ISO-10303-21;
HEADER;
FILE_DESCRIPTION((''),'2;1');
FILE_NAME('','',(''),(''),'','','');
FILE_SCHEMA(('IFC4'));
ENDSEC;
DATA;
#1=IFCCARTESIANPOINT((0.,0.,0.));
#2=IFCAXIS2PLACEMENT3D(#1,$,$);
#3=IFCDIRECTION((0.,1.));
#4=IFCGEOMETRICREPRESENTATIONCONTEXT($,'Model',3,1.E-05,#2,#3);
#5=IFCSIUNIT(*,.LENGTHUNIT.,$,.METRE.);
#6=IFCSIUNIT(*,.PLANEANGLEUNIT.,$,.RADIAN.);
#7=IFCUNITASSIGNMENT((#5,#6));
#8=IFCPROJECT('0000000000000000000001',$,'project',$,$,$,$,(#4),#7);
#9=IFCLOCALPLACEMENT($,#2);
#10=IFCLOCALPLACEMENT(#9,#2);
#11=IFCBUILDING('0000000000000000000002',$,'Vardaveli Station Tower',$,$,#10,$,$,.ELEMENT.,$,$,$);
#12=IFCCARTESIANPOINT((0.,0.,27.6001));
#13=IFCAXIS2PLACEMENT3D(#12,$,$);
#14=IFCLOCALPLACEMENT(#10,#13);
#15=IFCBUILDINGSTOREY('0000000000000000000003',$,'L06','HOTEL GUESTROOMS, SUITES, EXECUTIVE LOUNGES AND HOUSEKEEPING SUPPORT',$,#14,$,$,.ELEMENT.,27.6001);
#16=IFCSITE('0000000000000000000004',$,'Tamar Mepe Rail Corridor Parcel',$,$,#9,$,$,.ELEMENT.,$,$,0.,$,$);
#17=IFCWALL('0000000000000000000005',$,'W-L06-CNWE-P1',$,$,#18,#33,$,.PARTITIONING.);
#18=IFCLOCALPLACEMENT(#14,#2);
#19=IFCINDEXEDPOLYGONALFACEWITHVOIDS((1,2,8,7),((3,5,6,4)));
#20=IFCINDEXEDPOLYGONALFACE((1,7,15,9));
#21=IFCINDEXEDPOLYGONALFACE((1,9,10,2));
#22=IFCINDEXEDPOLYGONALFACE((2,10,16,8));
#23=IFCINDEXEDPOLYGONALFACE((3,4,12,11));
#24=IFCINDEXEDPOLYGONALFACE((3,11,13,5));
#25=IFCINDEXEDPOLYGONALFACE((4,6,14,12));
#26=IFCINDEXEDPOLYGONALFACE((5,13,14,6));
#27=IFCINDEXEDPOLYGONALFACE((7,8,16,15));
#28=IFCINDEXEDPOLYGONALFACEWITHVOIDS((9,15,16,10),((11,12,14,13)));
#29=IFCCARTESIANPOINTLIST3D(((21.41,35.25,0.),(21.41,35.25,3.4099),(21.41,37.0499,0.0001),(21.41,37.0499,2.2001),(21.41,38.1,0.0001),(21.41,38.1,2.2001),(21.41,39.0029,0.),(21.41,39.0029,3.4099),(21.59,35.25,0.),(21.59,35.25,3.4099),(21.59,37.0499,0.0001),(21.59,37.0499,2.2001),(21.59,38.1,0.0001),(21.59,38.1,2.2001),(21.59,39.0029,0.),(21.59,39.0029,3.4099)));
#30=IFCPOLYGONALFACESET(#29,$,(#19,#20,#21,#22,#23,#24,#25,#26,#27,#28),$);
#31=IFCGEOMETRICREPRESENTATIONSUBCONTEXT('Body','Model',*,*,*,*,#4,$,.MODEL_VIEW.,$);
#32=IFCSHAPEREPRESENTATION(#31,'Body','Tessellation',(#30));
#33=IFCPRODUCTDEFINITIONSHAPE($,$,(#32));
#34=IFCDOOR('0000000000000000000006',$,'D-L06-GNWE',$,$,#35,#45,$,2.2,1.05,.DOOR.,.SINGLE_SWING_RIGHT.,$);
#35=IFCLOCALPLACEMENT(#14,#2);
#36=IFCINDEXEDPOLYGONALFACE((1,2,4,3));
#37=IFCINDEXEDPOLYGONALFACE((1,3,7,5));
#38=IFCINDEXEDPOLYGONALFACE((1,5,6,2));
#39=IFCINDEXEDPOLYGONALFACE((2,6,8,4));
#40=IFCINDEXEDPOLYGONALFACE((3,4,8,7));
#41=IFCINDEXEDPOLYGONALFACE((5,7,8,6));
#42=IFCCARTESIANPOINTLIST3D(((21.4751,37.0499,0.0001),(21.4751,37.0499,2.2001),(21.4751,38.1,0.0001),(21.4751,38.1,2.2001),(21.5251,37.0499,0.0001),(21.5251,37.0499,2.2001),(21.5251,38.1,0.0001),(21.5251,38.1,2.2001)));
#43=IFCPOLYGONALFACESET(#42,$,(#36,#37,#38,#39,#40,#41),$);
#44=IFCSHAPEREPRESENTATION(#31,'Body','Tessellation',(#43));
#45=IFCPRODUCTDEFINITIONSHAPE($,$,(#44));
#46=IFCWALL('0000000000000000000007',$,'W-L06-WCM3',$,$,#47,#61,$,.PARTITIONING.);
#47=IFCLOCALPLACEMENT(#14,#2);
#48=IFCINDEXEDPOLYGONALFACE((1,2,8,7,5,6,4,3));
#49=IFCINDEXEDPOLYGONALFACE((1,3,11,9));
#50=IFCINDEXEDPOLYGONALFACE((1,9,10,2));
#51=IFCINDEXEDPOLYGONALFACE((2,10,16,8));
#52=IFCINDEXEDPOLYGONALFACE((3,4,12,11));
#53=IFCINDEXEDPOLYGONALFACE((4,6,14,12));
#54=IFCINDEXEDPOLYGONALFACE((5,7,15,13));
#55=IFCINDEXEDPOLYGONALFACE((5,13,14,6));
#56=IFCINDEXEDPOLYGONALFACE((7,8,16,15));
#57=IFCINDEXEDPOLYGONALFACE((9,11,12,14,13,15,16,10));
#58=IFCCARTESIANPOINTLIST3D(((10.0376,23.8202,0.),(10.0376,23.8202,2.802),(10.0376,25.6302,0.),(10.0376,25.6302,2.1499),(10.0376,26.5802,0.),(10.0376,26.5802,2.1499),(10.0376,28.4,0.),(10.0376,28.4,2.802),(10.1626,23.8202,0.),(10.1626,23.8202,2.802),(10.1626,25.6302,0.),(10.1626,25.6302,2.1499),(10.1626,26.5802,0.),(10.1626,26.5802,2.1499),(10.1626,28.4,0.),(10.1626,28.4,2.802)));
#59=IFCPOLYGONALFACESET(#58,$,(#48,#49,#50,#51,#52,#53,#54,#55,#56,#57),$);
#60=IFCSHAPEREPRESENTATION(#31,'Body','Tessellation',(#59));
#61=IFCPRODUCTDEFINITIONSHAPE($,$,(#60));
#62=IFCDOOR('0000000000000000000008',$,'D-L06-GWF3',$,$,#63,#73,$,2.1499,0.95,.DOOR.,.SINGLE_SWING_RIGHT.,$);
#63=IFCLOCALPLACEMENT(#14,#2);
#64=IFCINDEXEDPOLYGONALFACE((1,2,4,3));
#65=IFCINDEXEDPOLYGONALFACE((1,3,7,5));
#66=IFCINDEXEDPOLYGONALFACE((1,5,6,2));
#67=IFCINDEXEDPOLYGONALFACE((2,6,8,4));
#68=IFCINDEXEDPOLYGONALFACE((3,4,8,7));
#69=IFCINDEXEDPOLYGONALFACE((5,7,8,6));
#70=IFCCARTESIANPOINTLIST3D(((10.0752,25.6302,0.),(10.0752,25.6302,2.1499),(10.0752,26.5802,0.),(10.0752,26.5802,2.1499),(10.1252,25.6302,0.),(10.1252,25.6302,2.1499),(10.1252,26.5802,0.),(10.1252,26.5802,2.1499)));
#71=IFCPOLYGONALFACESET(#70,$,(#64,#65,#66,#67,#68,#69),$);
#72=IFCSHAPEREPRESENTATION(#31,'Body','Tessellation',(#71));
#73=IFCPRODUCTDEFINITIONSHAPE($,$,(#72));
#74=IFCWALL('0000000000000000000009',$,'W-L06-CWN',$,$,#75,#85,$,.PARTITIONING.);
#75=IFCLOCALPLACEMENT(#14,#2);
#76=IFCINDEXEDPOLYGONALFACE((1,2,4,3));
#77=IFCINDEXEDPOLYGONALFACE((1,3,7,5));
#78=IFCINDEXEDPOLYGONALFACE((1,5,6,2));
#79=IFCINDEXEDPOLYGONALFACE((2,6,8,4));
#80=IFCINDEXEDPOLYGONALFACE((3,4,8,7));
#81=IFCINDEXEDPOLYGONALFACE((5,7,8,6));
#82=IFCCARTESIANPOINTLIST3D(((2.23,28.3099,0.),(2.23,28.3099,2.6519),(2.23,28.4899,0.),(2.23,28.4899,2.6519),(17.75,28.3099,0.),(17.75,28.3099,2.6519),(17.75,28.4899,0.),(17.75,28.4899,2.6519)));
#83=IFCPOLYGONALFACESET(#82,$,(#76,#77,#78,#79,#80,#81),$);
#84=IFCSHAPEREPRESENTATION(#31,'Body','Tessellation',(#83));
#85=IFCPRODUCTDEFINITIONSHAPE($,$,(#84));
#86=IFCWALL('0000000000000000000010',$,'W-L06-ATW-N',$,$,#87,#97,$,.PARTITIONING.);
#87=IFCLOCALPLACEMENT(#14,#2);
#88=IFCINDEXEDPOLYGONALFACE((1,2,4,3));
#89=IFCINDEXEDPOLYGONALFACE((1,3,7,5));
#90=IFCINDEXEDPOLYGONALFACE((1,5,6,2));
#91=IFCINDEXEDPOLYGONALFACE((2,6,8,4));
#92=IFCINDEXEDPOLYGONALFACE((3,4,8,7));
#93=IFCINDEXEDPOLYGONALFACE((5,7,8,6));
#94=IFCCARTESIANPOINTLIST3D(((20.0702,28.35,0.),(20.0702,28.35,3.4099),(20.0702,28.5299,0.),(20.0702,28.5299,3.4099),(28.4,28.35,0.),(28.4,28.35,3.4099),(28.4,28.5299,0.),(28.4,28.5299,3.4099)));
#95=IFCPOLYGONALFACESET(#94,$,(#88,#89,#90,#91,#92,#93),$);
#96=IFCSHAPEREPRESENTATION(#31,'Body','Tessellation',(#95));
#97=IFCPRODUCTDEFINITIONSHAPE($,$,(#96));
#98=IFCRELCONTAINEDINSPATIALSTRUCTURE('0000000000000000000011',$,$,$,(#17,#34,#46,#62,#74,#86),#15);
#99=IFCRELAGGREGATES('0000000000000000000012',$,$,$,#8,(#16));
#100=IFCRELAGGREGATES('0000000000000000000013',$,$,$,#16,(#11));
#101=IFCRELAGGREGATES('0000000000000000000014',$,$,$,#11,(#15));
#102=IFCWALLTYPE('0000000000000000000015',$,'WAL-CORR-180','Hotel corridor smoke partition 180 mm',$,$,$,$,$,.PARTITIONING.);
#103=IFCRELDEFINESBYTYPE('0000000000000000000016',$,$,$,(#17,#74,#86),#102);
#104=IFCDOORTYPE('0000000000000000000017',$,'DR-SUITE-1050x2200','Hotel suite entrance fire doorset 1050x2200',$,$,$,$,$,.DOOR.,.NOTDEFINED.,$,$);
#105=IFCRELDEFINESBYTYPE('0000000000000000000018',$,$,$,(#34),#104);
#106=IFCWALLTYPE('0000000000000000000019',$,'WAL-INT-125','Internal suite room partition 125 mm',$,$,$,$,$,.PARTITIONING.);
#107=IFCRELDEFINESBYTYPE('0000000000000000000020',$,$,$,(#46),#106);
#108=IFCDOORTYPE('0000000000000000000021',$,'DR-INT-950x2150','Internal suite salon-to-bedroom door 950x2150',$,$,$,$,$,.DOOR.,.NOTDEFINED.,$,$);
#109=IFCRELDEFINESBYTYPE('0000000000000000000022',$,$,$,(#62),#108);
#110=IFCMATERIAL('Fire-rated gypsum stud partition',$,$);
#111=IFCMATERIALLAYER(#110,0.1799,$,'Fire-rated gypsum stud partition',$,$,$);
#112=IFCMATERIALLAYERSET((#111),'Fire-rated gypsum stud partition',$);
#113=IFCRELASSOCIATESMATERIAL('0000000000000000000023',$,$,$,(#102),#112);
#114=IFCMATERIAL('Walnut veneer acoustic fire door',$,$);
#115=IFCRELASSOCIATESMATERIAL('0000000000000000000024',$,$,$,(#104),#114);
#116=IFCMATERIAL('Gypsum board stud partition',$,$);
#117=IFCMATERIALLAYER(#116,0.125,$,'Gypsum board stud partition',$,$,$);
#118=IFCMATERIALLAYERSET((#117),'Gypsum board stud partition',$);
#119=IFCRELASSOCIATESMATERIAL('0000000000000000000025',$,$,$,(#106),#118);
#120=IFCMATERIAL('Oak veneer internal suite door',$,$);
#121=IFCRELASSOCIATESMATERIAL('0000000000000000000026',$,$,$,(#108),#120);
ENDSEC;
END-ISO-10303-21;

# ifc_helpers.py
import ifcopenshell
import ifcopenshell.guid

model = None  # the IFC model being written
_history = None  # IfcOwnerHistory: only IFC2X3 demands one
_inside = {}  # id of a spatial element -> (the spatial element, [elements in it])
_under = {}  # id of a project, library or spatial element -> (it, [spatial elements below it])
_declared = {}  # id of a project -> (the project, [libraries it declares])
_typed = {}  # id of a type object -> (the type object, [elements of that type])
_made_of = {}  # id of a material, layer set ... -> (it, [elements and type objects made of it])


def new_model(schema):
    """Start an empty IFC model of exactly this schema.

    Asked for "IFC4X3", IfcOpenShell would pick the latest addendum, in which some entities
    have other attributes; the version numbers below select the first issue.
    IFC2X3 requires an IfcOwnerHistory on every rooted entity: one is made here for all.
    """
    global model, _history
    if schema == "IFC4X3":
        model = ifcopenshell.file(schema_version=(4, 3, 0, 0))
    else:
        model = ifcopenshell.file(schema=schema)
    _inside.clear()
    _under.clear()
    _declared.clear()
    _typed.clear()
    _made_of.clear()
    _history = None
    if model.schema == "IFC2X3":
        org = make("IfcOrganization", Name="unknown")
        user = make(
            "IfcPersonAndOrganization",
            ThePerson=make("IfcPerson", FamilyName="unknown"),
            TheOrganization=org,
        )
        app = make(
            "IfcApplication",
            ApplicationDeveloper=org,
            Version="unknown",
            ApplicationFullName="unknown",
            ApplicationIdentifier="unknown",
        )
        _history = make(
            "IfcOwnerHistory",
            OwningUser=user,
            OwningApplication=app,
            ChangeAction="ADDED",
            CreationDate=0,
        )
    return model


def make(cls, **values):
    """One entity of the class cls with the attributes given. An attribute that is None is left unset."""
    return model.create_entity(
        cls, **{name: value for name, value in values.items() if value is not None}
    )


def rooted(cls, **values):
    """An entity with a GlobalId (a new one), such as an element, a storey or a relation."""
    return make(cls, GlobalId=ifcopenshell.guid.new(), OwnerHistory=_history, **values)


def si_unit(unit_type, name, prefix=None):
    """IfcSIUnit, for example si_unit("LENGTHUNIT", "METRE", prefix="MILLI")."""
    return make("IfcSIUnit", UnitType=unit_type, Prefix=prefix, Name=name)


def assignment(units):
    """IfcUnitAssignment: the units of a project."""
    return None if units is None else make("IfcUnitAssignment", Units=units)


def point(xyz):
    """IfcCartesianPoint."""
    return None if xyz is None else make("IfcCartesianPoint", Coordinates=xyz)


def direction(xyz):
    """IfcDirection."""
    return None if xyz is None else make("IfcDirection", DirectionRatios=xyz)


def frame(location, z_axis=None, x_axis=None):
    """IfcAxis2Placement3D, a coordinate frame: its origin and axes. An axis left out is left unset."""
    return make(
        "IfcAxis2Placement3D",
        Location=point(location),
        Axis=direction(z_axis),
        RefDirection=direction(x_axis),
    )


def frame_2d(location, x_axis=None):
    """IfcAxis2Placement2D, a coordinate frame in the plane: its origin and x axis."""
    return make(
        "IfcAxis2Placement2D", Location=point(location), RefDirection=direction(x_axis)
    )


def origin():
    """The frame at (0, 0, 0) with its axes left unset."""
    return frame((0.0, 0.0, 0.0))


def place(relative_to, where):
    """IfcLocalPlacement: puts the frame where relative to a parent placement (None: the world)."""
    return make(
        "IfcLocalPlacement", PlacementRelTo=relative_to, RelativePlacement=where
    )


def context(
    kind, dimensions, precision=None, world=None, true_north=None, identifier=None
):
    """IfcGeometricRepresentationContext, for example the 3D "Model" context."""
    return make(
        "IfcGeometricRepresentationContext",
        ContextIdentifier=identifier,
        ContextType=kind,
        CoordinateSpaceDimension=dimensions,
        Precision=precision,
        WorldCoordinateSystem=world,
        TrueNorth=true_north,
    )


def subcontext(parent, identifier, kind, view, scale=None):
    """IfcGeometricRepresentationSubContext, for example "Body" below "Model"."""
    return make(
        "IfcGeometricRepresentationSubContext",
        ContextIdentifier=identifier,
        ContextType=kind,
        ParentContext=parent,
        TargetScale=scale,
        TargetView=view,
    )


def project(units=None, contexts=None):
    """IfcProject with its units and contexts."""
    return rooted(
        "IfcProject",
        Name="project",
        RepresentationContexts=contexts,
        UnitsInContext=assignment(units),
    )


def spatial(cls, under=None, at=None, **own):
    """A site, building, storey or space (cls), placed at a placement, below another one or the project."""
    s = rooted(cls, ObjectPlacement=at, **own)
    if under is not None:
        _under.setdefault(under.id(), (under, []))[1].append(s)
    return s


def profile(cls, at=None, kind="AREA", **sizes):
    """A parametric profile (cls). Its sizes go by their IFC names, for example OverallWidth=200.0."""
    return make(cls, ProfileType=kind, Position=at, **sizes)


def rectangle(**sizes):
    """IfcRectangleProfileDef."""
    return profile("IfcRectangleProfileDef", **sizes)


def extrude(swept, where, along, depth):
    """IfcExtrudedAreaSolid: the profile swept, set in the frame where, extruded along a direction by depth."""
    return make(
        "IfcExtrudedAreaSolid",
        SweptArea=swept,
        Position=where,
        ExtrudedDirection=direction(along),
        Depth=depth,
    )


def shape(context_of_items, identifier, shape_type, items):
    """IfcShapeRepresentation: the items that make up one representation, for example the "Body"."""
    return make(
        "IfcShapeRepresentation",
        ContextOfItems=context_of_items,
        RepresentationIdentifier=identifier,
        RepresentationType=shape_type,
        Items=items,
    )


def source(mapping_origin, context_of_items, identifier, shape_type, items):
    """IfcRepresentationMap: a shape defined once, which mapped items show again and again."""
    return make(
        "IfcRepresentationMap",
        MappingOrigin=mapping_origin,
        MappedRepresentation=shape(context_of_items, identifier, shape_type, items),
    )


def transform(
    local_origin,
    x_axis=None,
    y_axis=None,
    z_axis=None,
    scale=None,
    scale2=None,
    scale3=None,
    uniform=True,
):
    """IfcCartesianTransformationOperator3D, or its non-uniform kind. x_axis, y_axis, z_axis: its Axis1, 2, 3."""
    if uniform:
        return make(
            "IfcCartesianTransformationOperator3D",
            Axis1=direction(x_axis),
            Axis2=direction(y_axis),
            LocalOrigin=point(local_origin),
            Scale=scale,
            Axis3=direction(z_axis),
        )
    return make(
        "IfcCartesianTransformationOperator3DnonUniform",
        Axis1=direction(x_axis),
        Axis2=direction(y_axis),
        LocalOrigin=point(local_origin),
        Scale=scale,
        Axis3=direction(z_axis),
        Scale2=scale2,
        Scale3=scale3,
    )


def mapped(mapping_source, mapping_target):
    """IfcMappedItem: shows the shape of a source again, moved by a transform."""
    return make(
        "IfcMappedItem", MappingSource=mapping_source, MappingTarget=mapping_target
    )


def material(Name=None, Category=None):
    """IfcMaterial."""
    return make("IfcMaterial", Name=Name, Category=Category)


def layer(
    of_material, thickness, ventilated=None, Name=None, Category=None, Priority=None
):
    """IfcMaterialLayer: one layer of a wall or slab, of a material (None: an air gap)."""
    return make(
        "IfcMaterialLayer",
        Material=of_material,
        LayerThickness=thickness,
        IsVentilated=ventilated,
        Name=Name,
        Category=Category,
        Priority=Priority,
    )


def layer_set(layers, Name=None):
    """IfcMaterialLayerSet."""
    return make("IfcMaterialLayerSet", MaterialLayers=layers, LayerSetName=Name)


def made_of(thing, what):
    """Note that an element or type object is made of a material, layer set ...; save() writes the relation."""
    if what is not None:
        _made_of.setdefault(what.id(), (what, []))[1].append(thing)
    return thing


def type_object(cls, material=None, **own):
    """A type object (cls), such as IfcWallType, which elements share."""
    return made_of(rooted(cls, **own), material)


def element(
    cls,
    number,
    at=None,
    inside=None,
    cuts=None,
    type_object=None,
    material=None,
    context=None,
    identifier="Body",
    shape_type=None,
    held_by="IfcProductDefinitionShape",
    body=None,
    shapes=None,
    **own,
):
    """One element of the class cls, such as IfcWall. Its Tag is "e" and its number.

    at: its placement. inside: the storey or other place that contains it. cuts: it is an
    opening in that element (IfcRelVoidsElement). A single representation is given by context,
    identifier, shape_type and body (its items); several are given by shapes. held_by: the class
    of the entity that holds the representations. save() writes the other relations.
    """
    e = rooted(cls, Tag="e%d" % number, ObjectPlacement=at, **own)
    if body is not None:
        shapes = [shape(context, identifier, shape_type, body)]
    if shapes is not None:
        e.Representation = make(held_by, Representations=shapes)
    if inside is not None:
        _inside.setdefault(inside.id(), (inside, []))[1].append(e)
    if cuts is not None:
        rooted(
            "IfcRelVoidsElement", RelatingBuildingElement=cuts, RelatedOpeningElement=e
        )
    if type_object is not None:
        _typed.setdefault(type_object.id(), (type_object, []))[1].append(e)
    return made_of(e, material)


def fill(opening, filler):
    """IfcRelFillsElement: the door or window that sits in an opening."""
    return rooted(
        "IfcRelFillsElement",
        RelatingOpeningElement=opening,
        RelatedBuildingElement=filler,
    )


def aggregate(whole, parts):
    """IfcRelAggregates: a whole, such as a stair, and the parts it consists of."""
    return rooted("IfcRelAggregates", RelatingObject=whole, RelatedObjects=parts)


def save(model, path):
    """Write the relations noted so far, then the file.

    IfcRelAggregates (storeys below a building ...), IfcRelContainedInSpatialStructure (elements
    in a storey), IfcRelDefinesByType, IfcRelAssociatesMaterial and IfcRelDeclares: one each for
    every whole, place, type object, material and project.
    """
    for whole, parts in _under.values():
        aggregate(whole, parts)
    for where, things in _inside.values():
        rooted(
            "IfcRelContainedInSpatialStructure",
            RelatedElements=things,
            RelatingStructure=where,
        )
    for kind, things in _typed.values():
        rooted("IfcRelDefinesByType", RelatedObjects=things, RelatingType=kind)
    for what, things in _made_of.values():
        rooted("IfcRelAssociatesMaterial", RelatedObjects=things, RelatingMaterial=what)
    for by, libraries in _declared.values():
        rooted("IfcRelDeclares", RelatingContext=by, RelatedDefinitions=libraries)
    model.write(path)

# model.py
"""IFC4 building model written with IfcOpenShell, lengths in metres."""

from ifc_helpers import new_model, si_unit, direction, frame, frame_2d, origin, place, context, subcontext, project, spatial, rectangle, extrude, source, transform, mapped, material, layer, layer_set, type_object, element, fill, save


model = new_model("IFC4")

# Units and contexts
model_context = context("Model", 3, precision=1e-05, world=origin(), true_north=direction((0.0, 1.0)))
body_context = subcontext(model_context, "Body", "Model", "MODEL_VIEW")
ifc_project = project(units=[si_unit("LENGTHUNIT", "METRE"), si_unit("PLANEANGLEUNIT", "RADIAN")], contexts=[model_context])

# Site, building, storey
site_placement = place(None, origin())
site = spatial("IfcSite", under=ifc_project, at=site_placement, Name="Tamar Mepe Rail Corridor Parcel", CompositionType="ELEMENT", RefElevation=0.0)
building_placement = place(site_placement, origin())
building = spatial("IfcBuilding", under=site, at=building_placement, Name="Vardaveli Station Tower", CompositionType="ELEMENT")
storey_placement = place(building_placement, frame((0.0, 0.0, 27.6001)))
storey = spatial("IfcBuildingStorey", under=building, at=storey_placement, Name="L06", Description="HOTEL GUESTROOMS, SUITES, EXECUTIVE LOUNGES AND HOUSEKEEPING SUPPORT", CompositionType="ELEMENT", Elevation=27.6001)

# Walls, openings, doors
ifc_material_1 = material(Name="Fire-rated gypsum stud partition")
ifc_layer_1 = layer(ifc_material_1, 0.1799, Name="Fire-rated gypsum stud partition")
ifc_layer_set_1 = layer_set([ifc_layer_1], Name="Fire-rated gypsum stud partition")
wall_type_1 = type_object("IfcWallType", Name="WAL-CORR-180", Description="Hotel corridor smoke partition 180 mm", PredefinedType="PARTITIONING", material=ifc_layer_set_1)
shared_shape_1 = source(origin(), body_context, "Body", "SweptSolid", [
    extrude(rectangle(XDim=1.05, YDim=2.2, at=frame_2d((0.5249, 1.1001))), frame((0.0, 0.1001, 0.0), z_axis=(0.0, -1.0, 0.0), x_axis=(1.0, 0.0, 0.0)), (0.0, 0.0, 1.0), 0.2),
])
ifc_material_2 = material(Name="Walnut veneer acoustic fire door")
door_type_1 = type_object("IfcDoorType", Name="DR-SUITE-1050x2200", Description="Hotel suite entrance fire doorset 1050x2200", OperationType="NOTDEFINED", PredefinedType="DOOR", material=ifc_material_2)
shared_shape_2 = source(origin(), body_context, "Body", "SweptSolid", [
    extrude(rectangle(XDim=1.05, YDim=2.2, at=frame_2d((0.5249, 1.1001))), frame((0.0, 0.0249, 0.0), z_axis=(0.0, -1.0, 0.0), x_axis=(1.0, 0.0, 0.0)), (0.0, 0.0, 1.0), 0.05),
])
shared_shape_3 = source(origin(), body_context, "Body", "SweptSolid", [
    extrude(rectangle(XDim=3.7529, YDim=0.1799, at=frame_2d((1.8765, 0.0))), origin(), (0.0, 0.0, 1.0), 3.4099),
])
wall_1_placement = place(storey_placement, frame((21.5, 35.25, 0.0), z_axis=(0.0, 0.0, 1.0), x_axis=(0.0, 1.0, 0.0)))
wall_1 = element("IfcWall", 1, at=wall_1_placement, inside=storey, type_object=wall_type_1, Name="W-L06-CNWE-P1", PredefinedType="PARTITIONING", context=body_context, shape_type="MappedRepresentation", body=[
    mapped(shared_shape_3, transform((0.0, 0.0, 0.0), scale=1.0)),
])
opening_1_placement = place(wall_1_placement, frame((1.8, 0.0, 0.0)))
opening_1 = element("IfcOpeningElement", 2, at=opening_1_placement, cuts=wall_1, PredefinedType="OPENING", context=body_context, shape_type="MappedRepresentation", body=[
    mapped(shared_shape_1, transform((0.0, 0.0, 0.0), scale=1.0)),
])
door_1_placement = place(opening_1_placement, origin())
door_1 = element("IfcDoor", 3, at=door_1_placement, inside=storey, type_object=door_type_1, Name="D-L06-GNWE", OperationType="SINGLE_SWING_RIGHT", OverallHeight=2.2, OverallWidth=1.05, PredefinedType="DOOR", context=body_context, shape_type="MappedRepresentation", body=[
    mapped(shared_shape_2, transform((0.0, 0.0, 0.0), scale=1.0)),
])
fill(opening_1, door_1)
ifc_material_3 = material(Name="Gypsum board stud partition")
ifc_layer_2 = layer(ifc_material_3, 0.125, Name="Gypsum board stud partition")
ifc_layer_set_2 = layer_set([ifc_layer_2], Name="Gypsum board stud partition")
wall_type_2 = type_object("IfcWallType", Name="WAL-INT-125", Description="Internal suite room partition 125 mm", PredefinedType="PARTITIONING", material=ifc_layer_set_2)
shared_shape_4 = source(origin(), body_context, "Body", "SweptSolid", [
    extrude(rectangle(XDim=4.5798, YDim=0.125, at=frame_2d((2.29, 0.0))), origin(), (0.0, 0.0, 1.0), 2.802),
])
wall_2_placement = place(storey_placement, frame((10.1001, 23.8201, 0.0), z_axis=(0.0, 0.0, 1.0), x_axis=(0.0, 1.0, 0.0)))
wall_2 = element("IfcWall", 4, at=wall_2_placement, inside=storey, type_object=wall_type_2, Name="W-L06-WCM3", PredefinedType="PARTITIONING", context=body_context, shape_type="MappedRepresentation", body=[
    mapped(shared_shape_4, transform((0.0, 0.0, 0.0), scale=1.0)),
])
shared_shape_5 = source(origin(), body_context, "Body", "SweptSolid", [
    extrude(rectangle(XDim=0.95, YDim=2.1499, at=frame_2d((0.4751, 1.075))), frame((0.0, 0.0725, 0.0), z_axis=(0.0, -1.0, 0.0), x_axis=(1.0, 0.0, 0.0)), (0.0, 0.0, 1.0), 0.145),
])
opening_2_placement = place(wall_2_placement, frame((1.8101, 0.0, 0.0)))
opening_2 = element("IfcOpeningElement", 5, at=opening_2_placement, cuts=wall_2, PredefinedType="OPENING", context=body_context, shape_type="MappedRepresentation", body=[
    mapped(shared_shape_5, transform((0.0, 0.0, 0.0), scale=1.0)),
])
ifc_material_4 = material(Name="Oak veneer internal suite door")
door_type_2 = type_object("IfcDoorType", Name="DR-INT-950x2150", Description="Internal suite salon-to-bedroom door 950x2150", OperationType="NOTDEFINED", PredefinedType="DOOR", material=ifc_material_4)
shared_shape_6 = source(origin(), body_context, "Body", "SweptSolid", [
    extrude(rectangle(XDim=0.95, YDim=2.1499, at=frame_2d((0.4751, 1.075))), frame((0.0, 0.0249, 0.0), z_axis=(0.0, -1.0, 0.0), x_axis=(1.0, 0.0, 0.0)), (0.0, 0.0, 1.0), 0.05),
])
door_2_placement = place(opening_2_placement, origin())
door_2 = element("IfcDoor", 6, at=door_2_placement, inside=storey, type_object=door_type_2, Name="D-L06-GWF3", OperationType="SINGLE_SWING_RIGHT", OverallHeight=2.1499, OverallWidth=0.95, PredefinedType="DOOR", context=body_context, shape_type="MappedRepresentation", body=[
    mapped(shared_shape_6, transform((0.0, 0.0, 0.0), scale=1.0)),
])
fill(opening_2, door_2)

# Walls
shared_shape_7 = source(origin(), body_context, "Body", "SweptSolid", [
    extrude(rectangle(XDim=15.52, YDim=0.1799, at=frame_2d((7.76, 0.0))), origin(), (0.0, 0.0, 1.0), 2.6519),
])
wall_3_placement = place(storey_placement, frame((2.23, 28.3999, 0.0), z_axis=(0.0, 0.0, 1.0), x_axis=(1.0, 0.0, 0.0)))
element("IfcWall", 7, at=wall_3_placement, inside=storey, type_object=wall_type_1, Name="W-L06-CWN", PredefinedType="PARTITIONING", context=body_context, shape_type="MappedRepresentation", body=[
    mapped(shared_shape_7, transform((0.0, 0.0, 0.0), scale=1.0)),
])
shared_shape_8 = source(origin(), body_context, "Body", "SweptSolid", [
    extrude(rectangle(XDim=8.3298, YDim=0.1799, at=frame_2d((4.165, 0.0))), origin(), (0.0, 0.0, 1.0), 3.4099),
])
wall_4_placement = place(storey_placement, frame((20.0701, 28.4399, 0.0), z_axis=(0.0, 0.0, 1.0), x_axis=(1.0, 0.0, 0.0)))
element("IfcWall", 8, at=wall_4_placement, inside=storey, type_object=wall_type_1, Name="W-L06-ATW-N", PredefinedType="PARTITIONING", context=body_context, shape_type="MappedRepresentation", body=[
    mapped(shared_shape_8, transform((0.0, 0.0, 0.0), scale=1.0)),
])

save(model, "model.ifc")
